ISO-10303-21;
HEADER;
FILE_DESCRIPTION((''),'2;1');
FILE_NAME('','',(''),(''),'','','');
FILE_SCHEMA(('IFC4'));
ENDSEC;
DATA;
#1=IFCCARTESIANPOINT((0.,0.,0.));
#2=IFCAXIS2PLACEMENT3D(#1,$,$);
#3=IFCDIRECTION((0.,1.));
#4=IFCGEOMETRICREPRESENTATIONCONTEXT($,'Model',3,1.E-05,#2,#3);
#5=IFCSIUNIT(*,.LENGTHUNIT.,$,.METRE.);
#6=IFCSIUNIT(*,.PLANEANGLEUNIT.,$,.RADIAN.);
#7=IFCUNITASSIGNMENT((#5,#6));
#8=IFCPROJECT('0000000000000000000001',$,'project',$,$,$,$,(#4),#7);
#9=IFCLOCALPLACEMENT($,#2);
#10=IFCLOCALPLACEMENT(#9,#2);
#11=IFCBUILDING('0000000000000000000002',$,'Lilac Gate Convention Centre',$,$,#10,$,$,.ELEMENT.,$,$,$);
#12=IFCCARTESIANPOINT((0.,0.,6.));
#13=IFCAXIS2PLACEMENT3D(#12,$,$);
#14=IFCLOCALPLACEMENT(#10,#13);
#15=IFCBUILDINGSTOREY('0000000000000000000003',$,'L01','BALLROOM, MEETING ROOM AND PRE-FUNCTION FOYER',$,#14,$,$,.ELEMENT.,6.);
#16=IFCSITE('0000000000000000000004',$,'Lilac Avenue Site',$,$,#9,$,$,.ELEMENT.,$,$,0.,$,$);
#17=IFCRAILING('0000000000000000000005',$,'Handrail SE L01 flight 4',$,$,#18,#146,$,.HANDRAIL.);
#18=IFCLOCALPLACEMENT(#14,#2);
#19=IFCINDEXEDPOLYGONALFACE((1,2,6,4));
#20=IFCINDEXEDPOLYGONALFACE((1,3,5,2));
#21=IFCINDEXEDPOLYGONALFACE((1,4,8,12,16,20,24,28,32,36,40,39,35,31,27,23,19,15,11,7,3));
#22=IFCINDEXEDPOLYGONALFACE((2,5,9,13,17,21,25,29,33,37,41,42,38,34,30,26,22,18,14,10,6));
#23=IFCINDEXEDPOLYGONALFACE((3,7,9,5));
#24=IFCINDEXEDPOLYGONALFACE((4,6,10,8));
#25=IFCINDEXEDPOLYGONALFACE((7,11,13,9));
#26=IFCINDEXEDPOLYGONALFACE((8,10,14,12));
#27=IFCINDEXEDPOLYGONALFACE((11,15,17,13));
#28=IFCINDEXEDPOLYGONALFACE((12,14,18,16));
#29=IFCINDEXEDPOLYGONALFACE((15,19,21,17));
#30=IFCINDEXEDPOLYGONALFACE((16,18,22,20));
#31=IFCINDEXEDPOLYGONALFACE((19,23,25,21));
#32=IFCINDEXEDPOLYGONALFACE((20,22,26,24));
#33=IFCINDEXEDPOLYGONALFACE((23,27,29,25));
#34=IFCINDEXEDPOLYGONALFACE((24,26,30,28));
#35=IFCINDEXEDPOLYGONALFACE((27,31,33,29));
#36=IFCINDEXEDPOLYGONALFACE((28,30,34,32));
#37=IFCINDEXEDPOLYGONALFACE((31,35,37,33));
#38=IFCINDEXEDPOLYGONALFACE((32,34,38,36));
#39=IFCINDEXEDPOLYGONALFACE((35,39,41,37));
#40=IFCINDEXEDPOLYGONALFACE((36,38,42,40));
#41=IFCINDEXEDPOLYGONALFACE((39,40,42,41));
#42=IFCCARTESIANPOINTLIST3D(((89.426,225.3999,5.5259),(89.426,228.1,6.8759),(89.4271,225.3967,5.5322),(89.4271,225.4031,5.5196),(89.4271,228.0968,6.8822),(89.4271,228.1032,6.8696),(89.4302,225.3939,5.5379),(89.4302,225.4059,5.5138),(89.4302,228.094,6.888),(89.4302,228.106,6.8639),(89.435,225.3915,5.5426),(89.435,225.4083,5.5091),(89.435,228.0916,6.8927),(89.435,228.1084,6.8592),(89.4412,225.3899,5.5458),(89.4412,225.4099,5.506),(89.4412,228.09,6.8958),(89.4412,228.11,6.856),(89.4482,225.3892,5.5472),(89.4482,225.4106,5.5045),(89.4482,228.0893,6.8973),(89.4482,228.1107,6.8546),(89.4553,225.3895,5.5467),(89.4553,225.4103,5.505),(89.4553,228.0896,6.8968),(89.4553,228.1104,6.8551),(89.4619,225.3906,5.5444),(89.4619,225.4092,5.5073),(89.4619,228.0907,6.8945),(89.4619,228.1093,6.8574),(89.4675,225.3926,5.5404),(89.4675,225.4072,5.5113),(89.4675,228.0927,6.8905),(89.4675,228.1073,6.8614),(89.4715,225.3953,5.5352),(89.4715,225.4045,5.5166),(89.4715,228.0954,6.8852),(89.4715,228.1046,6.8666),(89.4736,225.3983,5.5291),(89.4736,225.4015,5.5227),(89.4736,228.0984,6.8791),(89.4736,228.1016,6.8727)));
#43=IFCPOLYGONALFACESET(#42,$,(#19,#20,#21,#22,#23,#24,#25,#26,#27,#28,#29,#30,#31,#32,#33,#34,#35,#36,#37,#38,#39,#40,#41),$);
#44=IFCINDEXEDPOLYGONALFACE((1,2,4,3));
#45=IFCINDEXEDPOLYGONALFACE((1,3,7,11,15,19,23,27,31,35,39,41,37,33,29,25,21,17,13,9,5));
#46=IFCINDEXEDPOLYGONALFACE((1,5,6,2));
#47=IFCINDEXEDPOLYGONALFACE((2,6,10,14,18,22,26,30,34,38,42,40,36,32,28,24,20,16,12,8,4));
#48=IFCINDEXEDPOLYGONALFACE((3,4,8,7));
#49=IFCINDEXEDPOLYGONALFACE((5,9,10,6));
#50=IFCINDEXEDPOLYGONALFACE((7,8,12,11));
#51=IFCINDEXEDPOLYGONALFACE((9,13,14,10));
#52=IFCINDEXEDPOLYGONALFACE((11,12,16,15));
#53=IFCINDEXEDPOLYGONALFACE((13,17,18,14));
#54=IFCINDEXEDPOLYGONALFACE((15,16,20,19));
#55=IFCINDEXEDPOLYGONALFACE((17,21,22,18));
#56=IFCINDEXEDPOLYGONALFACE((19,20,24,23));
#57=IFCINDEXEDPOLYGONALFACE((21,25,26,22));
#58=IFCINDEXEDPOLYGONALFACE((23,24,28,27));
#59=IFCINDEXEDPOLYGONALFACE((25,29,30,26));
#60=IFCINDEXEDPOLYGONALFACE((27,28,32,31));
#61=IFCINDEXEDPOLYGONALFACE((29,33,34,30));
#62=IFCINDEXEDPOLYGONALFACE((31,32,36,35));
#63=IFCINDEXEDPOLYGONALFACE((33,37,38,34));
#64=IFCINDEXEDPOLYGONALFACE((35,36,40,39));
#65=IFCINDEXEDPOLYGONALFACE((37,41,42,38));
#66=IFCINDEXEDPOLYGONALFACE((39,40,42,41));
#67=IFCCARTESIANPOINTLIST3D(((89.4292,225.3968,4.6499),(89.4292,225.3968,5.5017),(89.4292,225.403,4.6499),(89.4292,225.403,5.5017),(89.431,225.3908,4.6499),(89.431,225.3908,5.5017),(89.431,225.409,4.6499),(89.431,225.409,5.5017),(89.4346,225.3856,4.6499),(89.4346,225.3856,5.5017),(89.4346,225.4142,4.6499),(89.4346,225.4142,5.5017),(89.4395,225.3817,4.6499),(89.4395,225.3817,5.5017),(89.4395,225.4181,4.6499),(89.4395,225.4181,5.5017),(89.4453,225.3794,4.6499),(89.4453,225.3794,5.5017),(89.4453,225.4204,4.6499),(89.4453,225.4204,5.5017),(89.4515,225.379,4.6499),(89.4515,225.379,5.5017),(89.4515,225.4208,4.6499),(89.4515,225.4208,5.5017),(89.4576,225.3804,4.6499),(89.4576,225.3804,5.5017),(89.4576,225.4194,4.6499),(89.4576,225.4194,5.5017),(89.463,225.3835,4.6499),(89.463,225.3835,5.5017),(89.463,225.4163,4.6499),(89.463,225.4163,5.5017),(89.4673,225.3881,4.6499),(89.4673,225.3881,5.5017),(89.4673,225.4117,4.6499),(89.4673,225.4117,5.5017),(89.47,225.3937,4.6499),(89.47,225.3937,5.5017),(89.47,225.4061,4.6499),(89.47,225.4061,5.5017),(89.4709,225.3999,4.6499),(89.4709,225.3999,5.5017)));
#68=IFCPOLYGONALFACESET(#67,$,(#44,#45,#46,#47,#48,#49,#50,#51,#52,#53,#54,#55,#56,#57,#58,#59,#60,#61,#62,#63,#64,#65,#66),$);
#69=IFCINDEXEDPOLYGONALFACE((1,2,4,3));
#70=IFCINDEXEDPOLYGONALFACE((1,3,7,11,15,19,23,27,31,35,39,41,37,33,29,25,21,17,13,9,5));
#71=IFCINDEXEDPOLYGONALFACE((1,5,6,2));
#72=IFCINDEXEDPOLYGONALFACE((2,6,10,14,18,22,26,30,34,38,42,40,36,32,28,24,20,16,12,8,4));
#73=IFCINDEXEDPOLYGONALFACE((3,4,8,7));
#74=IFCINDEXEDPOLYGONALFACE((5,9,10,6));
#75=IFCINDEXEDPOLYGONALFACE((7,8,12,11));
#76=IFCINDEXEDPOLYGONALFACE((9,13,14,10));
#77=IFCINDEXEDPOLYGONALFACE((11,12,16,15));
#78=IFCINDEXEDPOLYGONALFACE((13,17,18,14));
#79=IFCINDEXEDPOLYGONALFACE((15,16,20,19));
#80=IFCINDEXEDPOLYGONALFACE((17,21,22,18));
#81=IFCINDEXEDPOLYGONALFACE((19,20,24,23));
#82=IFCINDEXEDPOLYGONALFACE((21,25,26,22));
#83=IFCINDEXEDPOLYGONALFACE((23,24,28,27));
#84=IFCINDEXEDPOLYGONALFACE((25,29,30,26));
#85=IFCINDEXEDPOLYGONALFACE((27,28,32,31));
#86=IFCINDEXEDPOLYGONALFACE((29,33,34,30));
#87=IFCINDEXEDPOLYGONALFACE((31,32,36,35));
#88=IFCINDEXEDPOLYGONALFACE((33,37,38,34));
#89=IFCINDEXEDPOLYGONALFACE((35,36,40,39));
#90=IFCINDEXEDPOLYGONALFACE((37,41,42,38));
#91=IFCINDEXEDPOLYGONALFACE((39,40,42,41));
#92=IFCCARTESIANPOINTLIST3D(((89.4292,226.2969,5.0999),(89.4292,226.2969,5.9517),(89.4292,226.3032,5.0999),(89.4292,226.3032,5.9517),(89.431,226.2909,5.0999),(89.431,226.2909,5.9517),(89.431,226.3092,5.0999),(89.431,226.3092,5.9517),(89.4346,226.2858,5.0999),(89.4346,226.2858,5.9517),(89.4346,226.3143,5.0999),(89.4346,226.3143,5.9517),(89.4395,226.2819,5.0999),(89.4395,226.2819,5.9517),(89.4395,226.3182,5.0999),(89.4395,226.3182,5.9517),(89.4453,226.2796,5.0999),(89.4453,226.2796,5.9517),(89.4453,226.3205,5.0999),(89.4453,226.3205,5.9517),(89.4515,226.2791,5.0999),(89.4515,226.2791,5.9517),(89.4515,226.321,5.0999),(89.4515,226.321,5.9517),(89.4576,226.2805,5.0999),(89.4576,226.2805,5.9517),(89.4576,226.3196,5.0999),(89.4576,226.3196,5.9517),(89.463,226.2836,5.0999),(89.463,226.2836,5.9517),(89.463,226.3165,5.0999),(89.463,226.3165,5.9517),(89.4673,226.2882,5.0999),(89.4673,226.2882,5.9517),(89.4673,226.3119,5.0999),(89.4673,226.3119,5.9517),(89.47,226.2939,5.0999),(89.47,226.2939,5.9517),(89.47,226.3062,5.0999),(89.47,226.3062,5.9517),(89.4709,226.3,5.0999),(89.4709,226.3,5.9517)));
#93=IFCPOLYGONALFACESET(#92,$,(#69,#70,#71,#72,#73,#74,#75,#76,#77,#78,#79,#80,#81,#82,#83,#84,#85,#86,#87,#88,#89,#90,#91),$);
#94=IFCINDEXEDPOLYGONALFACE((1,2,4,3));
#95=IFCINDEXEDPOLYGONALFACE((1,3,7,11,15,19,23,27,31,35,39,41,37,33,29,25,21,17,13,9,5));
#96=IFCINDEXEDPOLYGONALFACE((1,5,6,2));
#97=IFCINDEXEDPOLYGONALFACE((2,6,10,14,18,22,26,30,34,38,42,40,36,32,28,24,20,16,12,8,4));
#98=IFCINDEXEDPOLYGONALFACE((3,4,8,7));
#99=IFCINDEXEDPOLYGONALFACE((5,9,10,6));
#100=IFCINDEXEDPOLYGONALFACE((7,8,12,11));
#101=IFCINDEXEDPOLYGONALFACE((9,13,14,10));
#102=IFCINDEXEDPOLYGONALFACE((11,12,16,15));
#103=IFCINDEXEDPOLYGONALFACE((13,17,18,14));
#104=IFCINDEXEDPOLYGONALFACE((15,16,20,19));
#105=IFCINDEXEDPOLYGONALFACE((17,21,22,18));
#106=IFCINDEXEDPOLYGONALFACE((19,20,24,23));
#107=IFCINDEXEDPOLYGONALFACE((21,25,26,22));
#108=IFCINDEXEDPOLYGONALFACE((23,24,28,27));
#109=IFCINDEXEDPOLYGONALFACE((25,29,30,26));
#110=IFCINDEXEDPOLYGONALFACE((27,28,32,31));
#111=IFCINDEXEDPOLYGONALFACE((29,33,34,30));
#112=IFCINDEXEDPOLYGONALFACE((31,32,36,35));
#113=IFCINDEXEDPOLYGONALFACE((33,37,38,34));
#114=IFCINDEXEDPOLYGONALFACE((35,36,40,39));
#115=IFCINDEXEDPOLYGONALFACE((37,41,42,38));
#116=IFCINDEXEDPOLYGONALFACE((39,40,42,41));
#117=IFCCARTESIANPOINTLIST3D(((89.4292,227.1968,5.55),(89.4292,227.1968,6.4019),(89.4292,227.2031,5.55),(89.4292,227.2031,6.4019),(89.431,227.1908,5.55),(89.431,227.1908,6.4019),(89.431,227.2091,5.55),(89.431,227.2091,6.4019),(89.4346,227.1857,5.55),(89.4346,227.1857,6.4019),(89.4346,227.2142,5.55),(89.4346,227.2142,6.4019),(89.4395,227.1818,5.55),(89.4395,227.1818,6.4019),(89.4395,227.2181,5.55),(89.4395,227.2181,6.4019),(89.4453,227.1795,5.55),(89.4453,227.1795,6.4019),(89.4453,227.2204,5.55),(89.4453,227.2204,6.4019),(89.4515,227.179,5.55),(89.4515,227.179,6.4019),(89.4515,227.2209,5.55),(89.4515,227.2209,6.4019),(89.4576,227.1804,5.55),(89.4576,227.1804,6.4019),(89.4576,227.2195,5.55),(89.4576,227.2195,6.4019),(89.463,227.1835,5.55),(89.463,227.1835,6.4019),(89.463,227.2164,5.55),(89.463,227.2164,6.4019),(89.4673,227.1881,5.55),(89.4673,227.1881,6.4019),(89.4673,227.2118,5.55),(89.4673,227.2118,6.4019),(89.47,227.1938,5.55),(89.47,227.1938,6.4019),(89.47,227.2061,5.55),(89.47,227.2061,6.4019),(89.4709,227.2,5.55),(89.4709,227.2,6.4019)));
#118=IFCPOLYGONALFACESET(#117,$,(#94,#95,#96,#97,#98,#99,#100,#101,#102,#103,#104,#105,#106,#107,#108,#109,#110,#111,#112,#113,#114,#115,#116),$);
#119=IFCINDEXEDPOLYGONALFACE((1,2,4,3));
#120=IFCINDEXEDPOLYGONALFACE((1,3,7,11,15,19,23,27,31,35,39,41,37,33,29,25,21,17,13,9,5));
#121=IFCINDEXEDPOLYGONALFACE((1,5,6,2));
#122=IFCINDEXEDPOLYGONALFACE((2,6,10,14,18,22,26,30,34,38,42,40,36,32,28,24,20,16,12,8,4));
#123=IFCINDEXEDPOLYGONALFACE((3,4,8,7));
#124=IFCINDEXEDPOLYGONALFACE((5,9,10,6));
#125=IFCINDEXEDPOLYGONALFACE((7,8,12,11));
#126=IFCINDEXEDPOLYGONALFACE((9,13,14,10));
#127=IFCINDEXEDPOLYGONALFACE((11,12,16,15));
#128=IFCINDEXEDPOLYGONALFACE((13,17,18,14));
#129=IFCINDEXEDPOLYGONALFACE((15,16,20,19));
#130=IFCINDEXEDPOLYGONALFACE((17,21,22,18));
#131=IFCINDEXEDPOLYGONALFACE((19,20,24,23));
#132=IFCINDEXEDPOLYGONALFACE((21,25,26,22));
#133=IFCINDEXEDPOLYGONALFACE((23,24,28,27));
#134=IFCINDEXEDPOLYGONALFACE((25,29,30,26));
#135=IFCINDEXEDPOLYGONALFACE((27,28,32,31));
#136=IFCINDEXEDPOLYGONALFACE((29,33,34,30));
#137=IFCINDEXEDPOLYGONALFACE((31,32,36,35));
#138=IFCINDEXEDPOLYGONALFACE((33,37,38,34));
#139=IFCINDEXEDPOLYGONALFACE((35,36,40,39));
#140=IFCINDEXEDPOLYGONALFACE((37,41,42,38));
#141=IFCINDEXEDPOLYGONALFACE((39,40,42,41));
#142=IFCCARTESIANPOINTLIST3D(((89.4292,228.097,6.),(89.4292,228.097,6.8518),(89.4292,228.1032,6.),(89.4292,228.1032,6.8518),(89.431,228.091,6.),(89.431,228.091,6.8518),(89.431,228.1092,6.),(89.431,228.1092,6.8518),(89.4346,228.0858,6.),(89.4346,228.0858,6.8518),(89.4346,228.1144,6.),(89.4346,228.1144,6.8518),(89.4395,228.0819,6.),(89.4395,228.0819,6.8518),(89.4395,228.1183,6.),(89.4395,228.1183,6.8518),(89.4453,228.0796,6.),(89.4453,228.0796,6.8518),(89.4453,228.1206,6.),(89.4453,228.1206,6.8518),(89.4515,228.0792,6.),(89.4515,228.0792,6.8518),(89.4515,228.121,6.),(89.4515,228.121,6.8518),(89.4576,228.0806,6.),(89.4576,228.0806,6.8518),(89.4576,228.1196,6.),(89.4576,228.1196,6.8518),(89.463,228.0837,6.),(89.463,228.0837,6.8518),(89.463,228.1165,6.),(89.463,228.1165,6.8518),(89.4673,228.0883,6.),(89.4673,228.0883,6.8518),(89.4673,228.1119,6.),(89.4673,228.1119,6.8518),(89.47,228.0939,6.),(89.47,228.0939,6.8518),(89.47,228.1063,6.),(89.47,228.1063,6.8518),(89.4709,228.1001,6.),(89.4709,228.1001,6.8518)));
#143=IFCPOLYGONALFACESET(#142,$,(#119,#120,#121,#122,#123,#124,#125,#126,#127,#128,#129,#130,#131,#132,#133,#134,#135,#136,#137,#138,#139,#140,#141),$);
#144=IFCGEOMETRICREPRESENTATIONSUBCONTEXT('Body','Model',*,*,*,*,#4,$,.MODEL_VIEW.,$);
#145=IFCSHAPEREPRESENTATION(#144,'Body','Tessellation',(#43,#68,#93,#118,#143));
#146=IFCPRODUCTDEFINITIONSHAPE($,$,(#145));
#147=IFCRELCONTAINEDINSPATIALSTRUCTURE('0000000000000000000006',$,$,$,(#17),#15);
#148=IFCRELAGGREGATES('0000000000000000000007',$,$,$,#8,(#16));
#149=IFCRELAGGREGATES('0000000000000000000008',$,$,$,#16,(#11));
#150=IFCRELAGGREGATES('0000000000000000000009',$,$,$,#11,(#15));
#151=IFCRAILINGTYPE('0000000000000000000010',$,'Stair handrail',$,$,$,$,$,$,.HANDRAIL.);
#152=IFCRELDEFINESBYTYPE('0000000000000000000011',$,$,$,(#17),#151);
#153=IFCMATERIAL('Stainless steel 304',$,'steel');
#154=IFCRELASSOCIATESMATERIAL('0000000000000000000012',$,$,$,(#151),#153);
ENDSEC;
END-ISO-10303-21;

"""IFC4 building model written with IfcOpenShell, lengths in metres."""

from ifc_helpers import new_model, si_unit, direction, frame, origin, origin_2d, place, context, subcontext, project, spatial, circle, extrude, material, type_object, element, save


model = new_model("IFC4")

# Units and contexts
model_context = context("Model", 3, precision=1e-05, world=origin(), true_north=direction((0.0, 1.0)))
body_context = subcontext(model_context, "Body", "Model", "MODEL_VIEW")
ifc_project = project(units=[si_unit("LENGTHUNIT", "METRE"), si_unit("PLANEANGLEUNIT", "RADIAN")], contexts=[model_context])

# Site, building, storey
site_placement = place(None, origin())
site = spatial("IfcSite", under=ifc_project, at=site_placement, Name="Lilac Avenue Site", CompositionType="ELEMENT", RefElevation=0.0)
building_placement = place(site_placement, origin())
building = spatial("IfcBuilding", under=site, at=building_placement, Name="Lilac Gate Convention Centre", CompositionType="ELEMENT")
storey_placement = place(building_placement, frame((0.0, 0.0, 6.0)))
storey = spatial("IfcBuildingStorey", under=building, at=storey_placement, Name="L01", Description="BALLROOM, MEETING ROOM AND PRE-FUNCTION FOYER", CompositionType="ELEMENT", Elevation=6.0)

# Railing
ifc_material_1 = material(Name="Stainless steel 304", Category="steel")
railing_type = type_object("IfcRailingType", Name="Stair handrail", PredefinedType="HANDRAIL", material=ifc_material_1)
for number, where, name in (
    (1, (89.45, 225.3999, 4.6499), "Handrail SE L01 flight 4"),
):
    element("IfcRailing", number, at=place(storey_placement, frame(where)), inside=storey, type_object=railing_type, Name=name, PredefinedType="HANDRAIL", context=body_context, shape_type="SweptSolid", body=[
        extrude(circle(Radius=0.0239, at=origin_2d()), frame((0.0, 0.0, 0.876), z_axis=(0.0, 0.894427, 0.447214), x_axis=(-1.0, 0.0, 0.0)), (0.0, 0.0, 1.0), 3.0188),
        extrude(circle(Radius=0.021, at=origin_2d()), origin(), (0.0, 0.0, 1.0), 0.8518),
        extrude(circle(Radius=0.021, at=origin_2d()), frame((0.0, 0.9001, 0.45)), (0.0, 0.0, 1.0), 0.8518),
        extrude(circle(Radius=0.021, at=origin_2d()), frame((0.0, 1.8, 0.9001)), (0.0, 0.0, 1.0), 0.8518),
        extrude(circle(Radius=0.021, at=origin_2d()), frame((0.0, 2.7002, 1.3501)), (0.0, 0.0, 1.0), 0.8518),
    ])

save(model, "model.ifc")
